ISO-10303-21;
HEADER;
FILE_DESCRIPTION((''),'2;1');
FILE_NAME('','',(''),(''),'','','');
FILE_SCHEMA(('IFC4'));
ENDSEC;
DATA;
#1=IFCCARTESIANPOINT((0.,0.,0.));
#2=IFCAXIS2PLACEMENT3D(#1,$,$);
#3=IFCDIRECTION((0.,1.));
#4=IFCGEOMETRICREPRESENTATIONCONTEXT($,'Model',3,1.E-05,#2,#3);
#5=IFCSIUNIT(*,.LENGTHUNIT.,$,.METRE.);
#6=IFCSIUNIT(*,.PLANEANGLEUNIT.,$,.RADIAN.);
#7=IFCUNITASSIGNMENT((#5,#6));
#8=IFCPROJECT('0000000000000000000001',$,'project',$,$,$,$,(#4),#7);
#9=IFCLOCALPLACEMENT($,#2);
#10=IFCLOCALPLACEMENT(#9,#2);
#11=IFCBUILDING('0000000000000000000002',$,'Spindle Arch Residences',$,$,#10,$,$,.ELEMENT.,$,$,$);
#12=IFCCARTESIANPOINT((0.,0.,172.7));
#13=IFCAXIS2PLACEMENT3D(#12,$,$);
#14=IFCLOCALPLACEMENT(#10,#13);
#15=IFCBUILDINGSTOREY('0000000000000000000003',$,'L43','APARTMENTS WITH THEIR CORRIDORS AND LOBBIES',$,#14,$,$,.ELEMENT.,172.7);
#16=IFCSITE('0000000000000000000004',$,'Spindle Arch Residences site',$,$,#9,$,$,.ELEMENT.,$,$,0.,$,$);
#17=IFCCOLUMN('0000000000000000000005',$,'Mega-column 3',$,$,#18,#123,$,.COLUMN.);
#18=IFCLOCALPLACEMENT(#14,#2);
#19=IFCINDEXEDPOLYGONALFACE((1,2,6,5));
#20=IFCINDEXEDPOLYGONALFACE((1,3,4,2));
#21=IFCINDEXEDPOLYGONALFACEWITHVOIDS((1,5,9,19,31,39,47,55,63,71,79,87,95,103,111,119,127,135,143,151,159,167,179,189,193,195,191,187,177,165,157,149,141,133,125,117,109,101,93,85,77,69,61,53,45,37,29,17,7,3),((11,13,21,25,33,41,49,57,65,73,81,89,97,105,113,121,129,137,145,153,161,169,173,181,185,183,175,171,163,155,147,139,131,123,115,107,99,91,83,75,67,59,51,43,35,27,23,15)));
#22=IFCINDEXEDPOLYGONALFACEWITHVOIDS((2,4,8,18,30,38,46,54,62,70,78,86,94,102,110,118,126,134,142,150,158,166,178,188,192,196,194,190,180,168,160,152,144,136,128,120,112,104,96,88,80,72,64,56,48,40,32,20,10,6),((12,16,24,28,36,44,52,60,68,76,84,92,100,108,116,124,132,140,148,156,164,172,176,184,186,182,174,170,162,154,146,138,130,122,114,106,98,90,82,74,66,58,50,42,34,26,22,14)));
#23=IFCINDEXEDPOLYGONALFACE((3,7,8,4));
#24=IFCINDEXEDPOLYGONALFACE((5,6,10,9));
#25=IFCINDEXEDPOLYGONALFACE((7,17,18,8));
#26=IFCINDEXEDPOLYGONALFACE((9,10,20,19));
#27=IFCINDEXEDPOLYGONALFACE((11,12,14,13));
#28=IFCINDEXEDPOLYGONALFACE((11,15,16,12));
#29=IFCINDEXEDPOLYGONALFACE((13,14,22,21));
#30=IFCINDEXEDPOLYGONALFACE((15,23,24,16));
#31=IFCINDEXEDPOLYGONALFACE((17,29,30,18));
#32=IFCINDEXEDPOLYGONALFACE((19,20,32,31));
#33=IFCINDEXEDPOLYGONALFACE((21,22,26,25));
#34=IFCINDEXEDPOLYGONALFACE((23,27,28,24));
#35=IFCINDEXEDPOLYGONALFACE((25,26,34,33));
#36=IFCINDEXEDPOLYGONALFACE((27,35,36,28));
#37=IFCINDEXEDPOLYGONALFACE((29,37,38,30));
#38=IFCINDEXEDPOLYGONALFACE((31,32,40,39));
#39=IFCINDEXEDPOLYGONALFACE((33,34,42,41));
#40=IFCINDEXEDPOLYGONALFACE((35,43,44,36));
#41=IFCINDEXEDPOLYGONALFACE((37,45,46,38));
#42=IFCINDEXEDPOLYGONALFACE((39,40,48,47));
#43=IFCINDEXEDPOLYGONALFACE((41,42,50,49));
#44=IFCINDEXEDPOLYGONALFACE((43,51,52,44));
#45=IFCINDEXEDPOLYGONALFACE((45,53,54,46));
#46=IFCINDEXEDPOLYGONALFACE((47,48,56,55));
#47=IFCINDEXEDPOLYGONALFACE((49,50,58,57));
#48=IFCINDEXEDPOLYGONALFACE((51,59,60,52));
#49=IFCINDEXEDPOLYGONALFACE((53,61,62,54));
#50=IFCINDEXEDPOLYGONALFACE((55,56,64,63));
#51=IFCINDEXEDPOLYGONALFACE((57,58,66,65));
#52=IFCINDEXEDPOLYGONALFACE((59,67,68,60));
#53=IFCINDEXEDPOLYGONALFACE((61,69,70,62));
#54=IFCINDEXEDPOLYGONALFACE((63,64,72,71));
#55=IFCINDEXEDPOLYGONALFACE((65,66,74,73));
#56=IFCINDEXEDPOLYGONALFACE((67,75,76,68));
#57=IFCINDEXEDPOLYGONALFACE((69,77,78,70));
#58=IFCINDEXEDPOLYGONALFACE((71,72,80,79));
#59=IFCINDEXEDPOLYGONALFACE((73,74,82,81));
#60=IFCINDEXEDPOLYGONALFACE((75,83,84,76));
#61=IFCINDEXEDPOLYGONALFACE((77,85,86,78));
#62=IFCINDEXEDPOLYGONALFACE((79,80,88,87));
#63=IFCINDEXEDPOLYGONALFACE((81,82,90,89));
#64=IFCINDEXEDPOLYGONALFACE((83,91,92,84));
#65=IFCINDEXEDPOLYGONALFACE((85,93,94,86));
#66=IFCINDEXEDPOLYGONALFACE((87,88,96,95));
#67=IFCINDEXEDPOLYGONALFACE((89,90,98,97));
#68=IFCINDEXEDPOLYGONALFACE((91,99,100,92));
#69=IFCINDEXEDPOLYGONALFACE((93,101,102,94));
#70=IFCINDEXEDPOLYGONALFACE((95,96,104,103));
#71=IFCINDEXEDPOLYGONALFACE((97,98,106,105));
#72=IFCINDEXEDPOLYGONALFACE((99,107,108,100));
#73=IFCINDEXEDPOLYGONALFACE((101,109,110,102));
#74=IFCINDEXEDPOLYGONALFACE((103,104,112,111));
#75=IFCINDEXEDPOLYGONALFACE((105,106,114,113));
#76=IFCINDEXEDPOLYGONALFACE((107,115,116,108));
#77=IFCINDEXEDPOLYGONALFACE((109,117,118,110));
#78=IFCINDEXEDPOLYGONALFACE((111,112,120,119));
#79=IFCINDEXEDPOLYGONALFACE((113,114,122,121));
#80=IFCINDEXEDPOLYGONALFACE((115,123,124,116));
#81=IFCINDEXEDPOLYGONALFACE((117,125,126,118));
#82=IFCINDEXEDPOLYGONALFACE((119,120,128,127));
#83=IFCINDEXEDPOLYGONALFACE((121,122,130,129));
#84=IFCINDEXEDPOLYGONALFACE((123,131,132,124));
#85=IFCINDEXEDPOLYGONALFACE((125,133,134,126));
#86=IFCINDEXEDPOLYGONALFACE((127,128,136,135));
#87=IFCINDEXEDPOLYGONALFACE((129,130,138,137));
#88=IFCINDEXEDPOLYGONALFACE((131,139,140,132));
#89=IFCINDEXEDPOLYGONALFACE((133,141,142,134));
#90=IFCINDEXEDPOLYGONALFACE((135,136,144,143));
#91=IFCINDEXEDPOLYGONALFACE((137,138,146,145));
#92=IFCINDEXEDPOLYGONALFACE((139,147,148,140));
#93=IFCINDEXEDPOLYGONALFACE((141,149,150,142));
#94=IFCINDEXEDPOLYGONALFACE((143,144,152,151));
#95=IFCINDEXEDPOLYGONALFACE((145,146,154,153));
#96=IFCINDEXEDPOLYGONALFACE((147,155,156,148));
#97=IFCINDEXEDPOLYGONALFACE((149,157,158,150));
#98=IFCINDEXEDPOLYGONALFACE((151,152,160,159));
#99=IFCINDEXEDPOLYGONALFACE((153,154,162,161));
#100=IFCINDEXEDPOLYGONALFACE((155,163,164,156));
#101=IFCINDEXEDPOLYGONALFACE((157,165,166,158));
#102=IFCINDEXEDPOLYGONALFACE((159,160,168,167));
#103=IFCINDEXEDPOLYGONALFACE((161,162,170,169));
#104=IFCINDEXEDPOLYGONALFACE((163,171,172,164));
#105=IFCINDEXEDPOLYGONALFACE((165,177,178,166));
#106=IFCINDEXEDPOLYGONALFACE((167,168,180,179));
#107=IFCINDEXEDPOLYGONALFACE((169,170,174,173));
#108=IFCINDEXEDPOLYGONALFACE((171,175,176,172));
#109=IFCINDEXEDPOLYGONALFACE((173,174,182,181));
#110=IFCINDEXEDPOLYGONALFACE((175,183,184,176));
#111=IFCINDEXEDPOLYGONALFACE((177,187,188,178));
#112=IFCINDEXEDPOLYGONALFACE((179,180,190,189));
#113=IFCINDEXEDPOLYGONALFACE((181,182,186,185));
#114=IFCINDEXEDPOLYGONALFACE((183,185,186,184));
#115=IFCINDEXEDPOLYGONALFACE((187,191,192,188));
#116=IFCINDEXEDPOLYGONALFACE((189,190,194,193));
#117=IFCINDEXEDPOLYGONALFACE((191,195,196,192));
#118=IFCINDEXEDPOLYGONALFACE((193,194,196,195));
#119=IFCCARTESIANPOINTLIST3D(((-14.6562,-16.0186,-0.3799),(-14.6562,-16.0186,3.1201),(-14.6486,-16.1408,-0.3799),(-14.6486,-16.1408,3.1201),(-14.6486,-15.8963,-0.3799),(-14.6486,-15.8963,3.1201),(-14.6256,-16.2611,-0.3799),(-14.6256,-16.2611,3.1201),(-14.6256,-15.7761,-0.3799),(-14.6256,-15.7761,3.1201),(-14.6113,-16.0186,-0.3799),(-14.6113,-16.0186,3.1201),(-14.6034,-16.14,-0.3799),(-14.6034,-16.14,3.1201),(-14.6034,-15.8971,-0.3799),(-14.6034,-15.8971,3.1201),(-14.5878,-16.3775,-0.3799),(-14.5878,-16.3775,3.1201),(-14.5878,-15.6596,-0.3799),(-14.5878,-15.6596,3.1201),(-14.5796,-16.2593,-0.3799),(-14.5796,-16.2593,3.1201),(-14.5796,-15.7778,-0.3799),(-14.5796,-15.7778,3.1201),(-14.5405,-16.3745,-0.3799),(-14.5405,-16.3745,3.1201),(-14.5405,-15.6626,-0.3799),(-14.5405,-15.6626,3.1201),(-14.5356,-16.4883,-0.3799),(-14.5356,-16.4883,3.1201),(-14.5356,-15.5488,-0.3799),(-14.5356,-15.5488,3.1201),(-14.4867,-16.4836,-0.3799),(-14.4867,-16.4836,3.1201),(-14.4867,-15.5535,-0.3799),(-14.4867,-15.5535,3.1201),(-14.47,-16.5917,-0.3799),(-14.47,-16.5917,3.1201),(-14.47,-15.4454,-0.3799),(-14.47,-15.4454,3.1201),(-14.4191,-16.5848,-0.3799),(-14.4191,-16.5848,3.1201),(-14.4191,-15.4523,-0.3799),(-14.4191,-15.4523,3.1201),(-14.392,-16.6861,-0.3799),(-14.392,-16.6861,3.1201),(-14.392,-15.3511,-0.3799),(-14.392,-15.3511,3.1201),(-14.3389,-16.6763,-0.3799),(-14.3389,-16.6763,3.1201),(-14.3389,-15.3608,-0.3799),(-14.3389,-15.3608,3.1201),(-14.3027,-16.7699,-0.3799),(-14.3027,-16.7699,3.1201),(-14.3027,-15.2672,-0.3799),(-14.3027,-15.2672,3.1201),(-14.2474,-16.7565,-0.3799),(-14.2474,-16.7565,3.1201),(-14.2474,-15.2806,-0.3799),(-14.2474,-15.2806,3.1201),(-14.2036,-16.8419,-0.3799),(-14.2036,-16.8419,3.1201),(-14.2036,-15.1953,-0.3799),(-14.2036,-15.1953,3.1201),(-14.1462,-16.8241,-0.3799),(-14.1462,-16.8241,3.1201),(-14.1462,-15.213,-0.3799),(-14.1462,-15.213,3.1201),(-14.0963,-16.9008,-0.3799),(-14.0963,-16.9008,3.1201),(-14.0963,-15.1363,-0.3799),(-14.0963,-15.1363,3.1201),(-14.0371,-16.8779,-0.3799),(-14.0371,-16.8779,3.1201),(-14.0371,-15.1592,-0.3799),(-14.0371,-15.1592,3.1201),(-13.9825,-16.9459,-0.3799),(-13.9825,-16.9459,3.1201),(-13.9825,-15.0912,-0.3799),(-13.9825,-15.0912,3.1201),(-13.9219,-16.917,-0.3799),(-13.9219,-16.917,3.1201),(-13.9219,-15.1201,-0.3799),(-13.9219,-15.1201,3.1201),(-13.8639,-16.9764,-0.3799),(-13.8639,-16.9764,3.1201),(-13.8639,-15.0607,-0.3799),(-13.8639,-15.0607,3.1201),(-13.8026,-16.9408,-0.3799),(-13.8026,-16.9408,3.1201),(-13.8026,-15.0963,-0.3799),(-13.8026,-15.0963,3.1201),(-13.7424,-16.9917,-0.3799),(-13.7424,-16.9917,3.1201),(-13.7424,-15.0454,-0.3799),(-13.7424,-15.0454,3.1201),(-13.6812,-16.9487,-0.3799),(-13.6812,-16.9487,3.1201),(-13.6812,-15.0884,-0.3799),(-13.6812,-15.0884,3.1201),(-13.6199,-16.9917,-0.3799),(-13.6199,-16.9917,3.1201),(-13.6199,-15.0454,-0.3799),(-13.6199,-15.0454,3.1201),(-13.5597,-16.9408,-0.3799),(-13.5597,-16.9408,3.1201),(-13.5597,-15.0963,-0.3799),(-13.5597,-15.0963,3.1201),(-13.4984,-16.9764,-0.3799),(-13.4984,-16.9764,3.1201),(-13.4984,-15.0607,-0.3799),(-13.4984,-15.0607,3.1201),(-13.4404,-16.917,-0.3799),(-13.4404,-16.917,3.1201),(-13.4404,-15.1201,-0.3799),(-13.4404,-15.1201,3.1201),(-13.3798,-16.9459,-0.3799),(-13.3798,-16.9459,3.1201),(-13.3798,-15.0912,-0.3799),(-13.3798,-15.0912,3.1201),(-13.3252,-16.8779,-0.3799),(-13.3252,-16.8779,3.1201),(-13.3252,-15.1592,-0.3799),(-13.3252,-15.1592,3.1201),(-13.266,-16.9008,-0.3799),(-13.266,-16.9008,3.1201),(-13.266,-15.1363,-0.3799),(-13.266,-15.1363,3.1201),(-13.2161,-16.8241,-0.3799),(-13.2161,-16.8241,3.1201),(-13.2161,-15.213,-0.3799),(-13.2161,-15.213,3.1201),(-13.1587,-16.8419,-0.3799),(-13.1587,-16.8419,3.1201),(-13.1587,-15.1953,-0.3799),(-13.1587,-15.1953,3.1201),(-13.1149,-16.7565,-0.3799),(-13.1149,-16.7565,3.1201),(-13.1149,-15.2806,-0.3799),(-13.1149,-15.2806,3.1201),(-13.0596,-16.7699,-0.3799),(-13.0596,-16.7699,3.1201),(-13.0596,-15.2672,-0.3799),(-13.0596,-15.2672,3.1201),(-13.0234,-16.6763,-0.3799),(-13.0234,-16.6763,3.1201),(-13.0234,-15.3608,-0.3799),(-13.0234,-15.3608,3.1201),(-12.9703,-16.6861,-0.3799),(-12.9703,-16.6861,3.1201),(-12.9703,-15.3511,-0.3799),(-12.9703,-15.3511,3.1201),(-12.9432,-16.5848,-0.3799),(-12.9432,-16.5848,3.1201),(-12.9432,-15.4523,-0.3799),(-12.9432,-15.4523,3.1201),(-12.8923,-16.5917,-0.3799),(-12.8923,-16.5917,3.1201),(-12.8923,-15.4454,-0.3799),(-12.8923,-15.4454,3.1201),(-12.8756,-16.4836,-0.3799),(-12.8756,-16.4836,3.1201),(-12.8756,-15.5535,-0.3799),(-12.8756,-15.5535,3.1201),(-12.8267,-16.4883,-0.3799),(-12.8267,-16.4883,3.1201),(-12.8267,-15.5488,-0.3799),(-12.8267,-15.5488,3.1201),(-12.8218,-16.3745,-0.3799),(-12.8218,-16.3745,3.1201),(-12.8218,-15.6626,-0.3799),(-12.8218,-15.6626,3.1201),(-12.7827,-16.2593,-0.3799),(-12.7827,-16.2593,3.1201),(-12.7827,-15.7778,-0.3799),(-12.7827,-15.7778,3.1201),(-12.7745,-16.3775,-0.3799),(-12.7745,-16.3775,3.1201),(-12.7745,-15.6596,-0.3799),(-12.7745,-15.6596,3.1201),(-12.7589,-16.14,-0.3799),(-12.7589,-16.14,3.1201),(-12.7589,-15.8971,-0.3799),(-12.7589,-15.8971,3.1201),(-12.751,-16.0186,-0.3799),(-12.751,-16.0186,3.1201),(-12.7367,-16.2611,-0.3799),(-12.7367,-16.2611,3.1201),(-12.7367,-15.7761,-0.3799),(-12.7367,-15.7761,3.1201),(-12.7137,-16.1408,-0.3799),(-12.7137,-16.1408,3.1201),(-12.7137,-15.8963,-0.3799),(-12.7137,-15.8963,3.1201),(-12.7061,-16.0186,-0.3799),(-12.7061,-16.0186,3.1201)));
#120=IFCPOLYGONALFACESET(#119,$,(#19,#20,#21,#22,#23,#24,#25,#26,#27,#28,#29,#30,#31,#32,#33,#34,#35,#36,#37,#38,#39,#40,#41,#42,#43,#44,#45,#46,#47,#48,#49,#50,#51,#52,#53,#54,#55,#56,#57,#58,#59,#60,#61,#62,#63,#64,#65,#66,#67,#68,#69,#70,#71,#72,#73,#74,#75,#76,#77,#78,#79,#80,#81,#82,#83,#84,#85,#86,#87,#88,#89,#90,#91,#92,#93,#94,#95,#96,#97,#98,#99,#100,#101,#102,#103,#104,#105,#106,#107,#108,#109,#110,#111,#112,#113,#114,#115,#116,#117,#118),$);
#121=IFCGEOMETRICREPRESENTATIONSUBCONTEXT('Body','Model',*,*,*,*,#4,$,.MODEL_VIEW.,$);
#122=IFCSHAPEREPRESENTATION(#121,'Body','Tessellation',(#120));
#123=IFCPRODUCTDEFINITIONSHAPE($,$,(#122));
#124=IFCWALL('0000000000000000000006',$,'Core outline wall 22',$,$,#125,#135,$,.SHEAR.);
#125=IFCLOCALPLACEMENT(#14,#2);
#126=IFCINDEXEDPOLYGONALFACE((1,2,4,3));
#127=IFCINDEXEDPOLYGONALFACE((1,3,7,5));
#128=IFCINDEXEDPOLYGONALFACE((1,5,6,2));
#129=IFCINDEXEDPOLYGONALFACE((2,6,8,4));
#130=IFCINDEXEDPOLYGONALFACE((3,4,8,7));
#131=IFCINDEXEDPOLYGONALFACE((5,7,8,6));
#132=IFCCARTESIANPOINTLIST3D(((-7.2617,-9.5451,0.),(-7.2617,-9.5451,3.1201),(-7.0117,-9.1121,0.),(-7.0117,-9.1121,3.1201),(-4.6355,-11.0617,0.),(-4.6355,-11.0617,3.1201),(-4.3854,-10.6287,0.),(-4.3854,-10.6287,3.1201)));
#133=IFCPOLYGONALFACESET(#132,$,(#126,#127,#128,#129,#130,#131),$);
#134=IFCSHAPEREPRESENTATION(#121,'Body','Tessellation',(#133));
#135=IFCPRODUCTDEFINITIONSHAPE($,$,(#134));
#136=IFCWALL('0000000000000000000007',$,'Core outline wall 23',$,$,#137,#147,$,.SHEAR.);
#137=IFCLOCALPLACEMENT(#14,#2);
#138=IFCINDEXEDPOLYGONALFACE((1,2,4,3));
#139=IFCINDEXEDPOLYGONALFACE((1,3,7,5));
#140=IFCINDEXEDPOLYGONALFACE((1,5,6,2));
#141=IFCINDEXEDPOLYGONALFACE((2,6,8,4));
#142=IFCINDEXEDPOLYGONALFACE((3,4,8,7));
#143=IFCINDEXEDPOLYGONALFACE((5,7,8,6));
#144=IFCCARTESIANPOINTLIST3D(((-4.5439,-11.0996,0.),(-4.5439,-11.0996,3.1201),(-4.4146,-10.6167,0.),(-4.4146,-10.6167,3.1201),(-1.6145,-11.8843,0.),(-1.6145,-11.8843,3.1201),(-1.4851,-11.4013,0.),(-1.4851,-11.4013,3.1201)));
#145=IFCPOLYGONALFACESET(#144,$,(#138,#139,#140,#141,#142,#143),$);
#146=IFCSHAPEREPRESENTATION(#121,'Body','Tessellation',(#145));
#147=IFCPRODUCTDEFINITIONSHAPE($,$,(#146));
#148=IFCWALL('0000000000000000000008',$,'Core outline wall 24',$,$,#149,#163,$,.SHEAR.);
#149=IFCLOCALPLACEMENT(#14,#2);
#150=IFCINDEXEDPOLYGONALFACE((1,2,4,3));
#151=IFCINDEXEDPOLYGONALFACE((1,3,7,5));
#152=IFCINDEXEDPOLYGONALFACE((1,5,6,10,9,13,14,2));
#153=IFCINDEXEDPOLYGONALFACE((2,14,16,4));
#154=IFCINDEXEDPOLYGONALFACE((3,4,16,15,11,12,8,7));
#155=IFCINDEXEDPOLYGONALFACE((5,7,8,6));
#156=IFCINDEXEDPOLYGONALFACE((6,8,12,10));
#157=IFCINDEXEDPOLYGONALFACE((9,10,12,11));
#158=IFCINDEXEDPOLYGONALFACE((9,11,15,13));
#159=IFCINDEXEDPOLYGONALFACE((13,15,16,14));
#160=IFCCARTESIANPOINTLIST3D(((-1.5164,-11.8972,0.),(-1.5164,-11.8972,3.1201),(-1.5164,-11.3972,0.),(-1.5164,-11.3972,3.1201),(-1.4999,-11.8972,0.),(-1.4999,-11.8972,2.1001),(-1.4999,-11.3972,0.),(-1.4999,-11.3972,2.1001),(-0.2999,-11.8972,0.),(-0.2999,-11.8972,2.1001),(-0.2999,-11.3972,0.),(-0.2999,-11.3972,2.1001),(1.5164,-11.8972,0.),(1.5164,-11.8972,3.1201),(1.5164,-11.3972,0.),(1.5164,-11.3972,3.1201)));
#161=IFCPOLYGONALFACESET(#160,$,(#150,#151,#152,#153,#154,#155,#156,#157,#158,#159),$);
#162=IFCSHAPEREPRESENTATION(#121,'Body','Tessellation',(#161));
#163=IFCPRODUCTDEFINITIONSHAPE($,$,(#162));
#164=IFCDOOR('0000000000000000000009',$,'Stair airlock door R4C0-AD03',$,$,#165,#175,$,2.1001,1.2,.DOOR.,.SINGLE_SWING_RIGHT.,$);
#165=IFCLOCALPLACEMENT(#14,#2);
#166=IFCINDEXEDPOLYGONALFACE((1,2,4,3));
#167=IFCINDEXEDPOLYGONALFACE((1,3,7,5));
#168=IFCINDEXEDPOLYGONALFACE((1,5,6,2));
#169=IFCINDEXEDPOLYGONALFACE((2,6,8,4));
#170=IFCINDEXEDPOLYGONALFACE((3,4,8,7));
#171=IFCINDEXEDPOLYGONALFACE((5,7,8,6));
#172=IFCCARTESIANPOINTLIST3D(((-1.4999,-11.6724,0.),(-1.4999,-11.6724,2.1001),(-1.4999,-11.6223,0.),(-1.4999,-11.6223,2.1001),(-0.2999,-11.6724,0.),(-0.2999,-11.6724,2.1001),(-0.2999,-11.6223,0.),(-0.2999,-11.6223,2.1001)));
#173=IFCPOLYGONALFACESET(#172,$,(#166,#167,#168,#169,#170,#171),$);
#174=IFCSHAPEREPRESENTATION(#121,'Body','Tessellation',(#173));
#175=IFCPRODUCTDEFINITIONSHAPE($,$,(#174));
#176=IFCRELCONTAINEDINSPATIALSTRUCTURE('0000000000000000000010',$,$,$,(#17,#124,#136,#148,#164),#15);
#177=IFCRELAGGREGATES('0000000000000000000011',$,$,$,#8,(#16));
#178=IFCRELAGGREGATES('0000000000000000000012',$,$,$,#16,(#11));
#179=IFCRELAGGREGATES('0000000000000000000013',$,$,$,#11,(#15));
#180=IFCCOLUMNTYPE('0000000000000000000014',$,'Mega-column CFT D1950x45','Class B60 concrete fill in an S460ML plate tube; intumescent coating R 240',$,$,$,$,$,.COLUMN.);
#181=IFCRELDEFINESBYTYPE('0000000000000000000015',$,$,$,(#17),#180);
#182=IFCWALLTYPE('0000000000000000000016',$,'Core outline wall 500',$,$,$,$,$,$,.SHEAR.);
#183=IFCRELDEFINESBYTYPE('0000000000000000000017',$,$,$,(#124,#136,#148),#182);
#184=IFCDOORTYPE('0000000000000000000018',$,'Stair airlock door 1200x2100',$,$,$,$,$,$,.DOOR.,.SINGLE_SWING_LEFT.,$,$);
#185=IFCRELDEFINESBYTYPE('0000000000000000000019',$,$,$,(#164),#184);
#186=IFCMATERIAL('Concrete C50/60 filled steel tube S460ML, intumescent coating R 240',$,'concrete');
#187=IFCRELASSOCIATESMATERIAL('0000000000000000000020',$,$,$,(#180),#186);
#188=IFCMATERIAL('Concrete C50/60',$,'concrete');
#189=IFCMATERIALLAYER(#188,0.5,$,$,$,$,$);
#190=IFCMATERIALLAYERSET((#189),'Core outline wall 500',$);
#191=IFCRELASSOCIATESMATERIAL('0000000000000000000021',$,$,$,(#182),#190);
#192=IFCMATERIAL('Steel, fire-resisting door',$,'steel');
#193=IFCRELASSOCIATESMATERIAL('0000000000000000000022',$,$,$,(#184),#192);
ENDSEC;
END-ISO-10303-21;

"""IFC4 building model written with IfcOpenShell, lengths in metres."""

from ifc_helpers import new_model, si_unit, direction, frame, frame_2d, origin, origin_2d, place, context, subcontext, project, spatial, rectangle, hollow_circle, extrude, material, layer, layer_set, material_profile, profile_set, type_object, element, fill, save


model = new_model("IFC4")

# Units and contexts
model_context = context("Model", 3, precision=1e-05, world=origin(), true_north=direction((0.0, 1.0)))
body_context = subcontext(model_context, "Body", "Model", "MODEL_VIEW")
ifc_project = project(units=[si_unit("LENGTHUNIT", "METRE"), si_unit("PLANEANGLEUNIT", "RADIAN")], contexts=[model_context])

# Site, building, storey
site_placement = place(None, origin())
site = spatial("IfcSite", under=ifc_project, at=site_placement, Name="Spindle Arch Residences site", CompositionType="ELEMENT", RefElevation=0.0)
building_placement = place(site_placement, origin())
building = spatial("IfcBuilding", under=site, at=building_placement, Name="Spindle Arch Residences", CompositionType="ELEMENT")
storey_placement = place(building_placement, frame((0.0, 0.0, 172.7)))
storey = spatial("IfcBuildingStorey", under=building, at=storey_placement, Name="L43", Description="APARTMENTS WITH THEIR CORRIDORS AND LOBBIES", CompositionType="ELEMENT", Elevation=172.7)

# Column
ifc_material_1 = material(Name="Concrete C50/60 filled steel tube S460ML, intumescent coating R 240", Category="concrete")
ifc_material_profile = material_profile(ifc_material_1, hollow_circle(Radius=0.9751, WallThickness=0.0449, at=origin_2d()), Name="CFT D1950x45")
ifc_profile_set = profile_set([ifc_material_profile], Name="Concrete C50/60 filled steel tube S460ML, intumescent coating R 240")
column_type = type_object("IfcColumnType", Name="Mega-column CFT D1950x45", Description="Class B60 concrete fill in an S460ML plate tube; intumescent coating R 240", PredefinedType="COLUMN", material=ifc_profile_set)
column_placement = place(storey_placement, frame((-13.6812, -16.0186, -0.3799), z_axis=(0.0, 0.0, 1.0), x_axis=(1.0, 0.0, 0.0)))
element("IfcColumn", 1, at=column_placement, inside=storey, type_object=column_type, Name="Mega-column 3", PredefinedType="COLUMN", context=body_context, shape_type="SweptSolid", body=[
    extrude(hollow_circle(Radius=0.9751, WallThickness=0.0449, at=origin_2d()), origin(), (0.0, 0.0, 1.0), 3.5),
])

# Walls
ifc_material_2 = material(Name="Concrete C50/60", Category="concrete")
ifc_layer_1 = layer(ifc_material_2, 0.5)
ifc_layer_set_1 = layer_set([ifc_layer_1], Name="Core outline wall 500")
wall_type_1 = type_object("IfcWallType", Name="Core outline wall 500", PredefinedType="SHEAR", material=ifc_layer_set_1)
for number, where, z_axis, x_axis, name in (
    (2, (-7.1367, -9.3286, 0.0), (0.0, 0.0, 1.0), (0.865975, -0.500087, 0.0), "Core outline wall 22"),
    (3, (-4.4792, -10.8582, 0.0), (0.0, 0.0, 1.0), (0.965948, -0.258735, 0.0), "Core outline wall 23"),
):
    element("IfcWall", number, at=place(storey_placement, frame(where, z_axis=z_axis, x_axis=x_axis)), inside=storey, type_object=wall_type_1, Name=name, PredefinedType="SHEAR", context=body_context, shape_type="SweptSolid", body=[
        extrude(rectangle(XDim=3.0327, YDim=0.5, at=frame_2d((1.5164, 0.0))), origin(), (0.0, 0.0, 1.0), 3.1201),
    ])

# Wall, opening, door
wall_1_placement = place(storey_placement, frame((-1.5164, -11.6472, 0.0), z_axis=(0.0, 0.0, 1.0), x_axis=(1.0, 0.0, 0.0)))
wall_1 = element("IfcWall", 4, at=wall_1_placement, inside=storey, type_object=wall_type_1, Name="Core outline wall 24", PredefinedType="SHEAR", context=body_context, shape_type="SweptSolid", body=[
    extrude(rectangle(XDim=3.0327, YDim=0.5, at=frame_2d((1.5164, 0.0))), origin(), (0.0, 0.0, 1.0), 3.1201),
])
opening_1_placement = place(wall_1_placement, frame((0.0164, 0.0, 0.0)))
opening_1 = element("IfcOpeningElement", 5, at=opening_1_placement, cuts=wall_1, PredefinedType="OPENING", context=body_context, shape_type="SweptSolid", body=[
    extrude(rectangle(XDim=1.2, YDim=2.1001, at=frame_2d((0.6001, 1.05))), frame((0.0, 0.26, 0.0), z_axis=(0.0, -1.0, 0.0), x_axis=(1.0, 0.0, 0.0)), (0.0, 0.0, 1.0), 0.52),
])
ifc_material_3 = material(Name="Steel, fire-resisting door", Category="steel")
door_type_1 = type_object("IfcDoorType", Name="Stair airlock door 1200x2100", OperationType="SINGLE_SWING_LEFT", PredefinedType="DOOR", material=ifc_material_3)
door_1_placement = place(opening_1_placement, origin())
door_1 = element("IfcDoor", 6, at=door_1_placement, inside=storey, type_object=door_type_1, Name="Stair airlock door R4C0-AD03", OperationType="SINGLE_SWING_RIGHT", OverallHeight=2.1001, OverallWidth=1.2, PredefinedType="DOOR", context=body_context, shape_type="SweptSolid", body=[
    extrude(rectangle(XDim=1.2, YDim=2.1001, at=frame_2d((0.6001, 1.05))), frame((0.0, 0.0249, 0.0), z_axis=(0.0, -1.0, 0.0), x_axis=(1.0, 0.0, 0.0)), (0.0, 0.0, 1.0), 0.05),
])
fill(opening_1, door_1)

save(model, "model.ifc")
